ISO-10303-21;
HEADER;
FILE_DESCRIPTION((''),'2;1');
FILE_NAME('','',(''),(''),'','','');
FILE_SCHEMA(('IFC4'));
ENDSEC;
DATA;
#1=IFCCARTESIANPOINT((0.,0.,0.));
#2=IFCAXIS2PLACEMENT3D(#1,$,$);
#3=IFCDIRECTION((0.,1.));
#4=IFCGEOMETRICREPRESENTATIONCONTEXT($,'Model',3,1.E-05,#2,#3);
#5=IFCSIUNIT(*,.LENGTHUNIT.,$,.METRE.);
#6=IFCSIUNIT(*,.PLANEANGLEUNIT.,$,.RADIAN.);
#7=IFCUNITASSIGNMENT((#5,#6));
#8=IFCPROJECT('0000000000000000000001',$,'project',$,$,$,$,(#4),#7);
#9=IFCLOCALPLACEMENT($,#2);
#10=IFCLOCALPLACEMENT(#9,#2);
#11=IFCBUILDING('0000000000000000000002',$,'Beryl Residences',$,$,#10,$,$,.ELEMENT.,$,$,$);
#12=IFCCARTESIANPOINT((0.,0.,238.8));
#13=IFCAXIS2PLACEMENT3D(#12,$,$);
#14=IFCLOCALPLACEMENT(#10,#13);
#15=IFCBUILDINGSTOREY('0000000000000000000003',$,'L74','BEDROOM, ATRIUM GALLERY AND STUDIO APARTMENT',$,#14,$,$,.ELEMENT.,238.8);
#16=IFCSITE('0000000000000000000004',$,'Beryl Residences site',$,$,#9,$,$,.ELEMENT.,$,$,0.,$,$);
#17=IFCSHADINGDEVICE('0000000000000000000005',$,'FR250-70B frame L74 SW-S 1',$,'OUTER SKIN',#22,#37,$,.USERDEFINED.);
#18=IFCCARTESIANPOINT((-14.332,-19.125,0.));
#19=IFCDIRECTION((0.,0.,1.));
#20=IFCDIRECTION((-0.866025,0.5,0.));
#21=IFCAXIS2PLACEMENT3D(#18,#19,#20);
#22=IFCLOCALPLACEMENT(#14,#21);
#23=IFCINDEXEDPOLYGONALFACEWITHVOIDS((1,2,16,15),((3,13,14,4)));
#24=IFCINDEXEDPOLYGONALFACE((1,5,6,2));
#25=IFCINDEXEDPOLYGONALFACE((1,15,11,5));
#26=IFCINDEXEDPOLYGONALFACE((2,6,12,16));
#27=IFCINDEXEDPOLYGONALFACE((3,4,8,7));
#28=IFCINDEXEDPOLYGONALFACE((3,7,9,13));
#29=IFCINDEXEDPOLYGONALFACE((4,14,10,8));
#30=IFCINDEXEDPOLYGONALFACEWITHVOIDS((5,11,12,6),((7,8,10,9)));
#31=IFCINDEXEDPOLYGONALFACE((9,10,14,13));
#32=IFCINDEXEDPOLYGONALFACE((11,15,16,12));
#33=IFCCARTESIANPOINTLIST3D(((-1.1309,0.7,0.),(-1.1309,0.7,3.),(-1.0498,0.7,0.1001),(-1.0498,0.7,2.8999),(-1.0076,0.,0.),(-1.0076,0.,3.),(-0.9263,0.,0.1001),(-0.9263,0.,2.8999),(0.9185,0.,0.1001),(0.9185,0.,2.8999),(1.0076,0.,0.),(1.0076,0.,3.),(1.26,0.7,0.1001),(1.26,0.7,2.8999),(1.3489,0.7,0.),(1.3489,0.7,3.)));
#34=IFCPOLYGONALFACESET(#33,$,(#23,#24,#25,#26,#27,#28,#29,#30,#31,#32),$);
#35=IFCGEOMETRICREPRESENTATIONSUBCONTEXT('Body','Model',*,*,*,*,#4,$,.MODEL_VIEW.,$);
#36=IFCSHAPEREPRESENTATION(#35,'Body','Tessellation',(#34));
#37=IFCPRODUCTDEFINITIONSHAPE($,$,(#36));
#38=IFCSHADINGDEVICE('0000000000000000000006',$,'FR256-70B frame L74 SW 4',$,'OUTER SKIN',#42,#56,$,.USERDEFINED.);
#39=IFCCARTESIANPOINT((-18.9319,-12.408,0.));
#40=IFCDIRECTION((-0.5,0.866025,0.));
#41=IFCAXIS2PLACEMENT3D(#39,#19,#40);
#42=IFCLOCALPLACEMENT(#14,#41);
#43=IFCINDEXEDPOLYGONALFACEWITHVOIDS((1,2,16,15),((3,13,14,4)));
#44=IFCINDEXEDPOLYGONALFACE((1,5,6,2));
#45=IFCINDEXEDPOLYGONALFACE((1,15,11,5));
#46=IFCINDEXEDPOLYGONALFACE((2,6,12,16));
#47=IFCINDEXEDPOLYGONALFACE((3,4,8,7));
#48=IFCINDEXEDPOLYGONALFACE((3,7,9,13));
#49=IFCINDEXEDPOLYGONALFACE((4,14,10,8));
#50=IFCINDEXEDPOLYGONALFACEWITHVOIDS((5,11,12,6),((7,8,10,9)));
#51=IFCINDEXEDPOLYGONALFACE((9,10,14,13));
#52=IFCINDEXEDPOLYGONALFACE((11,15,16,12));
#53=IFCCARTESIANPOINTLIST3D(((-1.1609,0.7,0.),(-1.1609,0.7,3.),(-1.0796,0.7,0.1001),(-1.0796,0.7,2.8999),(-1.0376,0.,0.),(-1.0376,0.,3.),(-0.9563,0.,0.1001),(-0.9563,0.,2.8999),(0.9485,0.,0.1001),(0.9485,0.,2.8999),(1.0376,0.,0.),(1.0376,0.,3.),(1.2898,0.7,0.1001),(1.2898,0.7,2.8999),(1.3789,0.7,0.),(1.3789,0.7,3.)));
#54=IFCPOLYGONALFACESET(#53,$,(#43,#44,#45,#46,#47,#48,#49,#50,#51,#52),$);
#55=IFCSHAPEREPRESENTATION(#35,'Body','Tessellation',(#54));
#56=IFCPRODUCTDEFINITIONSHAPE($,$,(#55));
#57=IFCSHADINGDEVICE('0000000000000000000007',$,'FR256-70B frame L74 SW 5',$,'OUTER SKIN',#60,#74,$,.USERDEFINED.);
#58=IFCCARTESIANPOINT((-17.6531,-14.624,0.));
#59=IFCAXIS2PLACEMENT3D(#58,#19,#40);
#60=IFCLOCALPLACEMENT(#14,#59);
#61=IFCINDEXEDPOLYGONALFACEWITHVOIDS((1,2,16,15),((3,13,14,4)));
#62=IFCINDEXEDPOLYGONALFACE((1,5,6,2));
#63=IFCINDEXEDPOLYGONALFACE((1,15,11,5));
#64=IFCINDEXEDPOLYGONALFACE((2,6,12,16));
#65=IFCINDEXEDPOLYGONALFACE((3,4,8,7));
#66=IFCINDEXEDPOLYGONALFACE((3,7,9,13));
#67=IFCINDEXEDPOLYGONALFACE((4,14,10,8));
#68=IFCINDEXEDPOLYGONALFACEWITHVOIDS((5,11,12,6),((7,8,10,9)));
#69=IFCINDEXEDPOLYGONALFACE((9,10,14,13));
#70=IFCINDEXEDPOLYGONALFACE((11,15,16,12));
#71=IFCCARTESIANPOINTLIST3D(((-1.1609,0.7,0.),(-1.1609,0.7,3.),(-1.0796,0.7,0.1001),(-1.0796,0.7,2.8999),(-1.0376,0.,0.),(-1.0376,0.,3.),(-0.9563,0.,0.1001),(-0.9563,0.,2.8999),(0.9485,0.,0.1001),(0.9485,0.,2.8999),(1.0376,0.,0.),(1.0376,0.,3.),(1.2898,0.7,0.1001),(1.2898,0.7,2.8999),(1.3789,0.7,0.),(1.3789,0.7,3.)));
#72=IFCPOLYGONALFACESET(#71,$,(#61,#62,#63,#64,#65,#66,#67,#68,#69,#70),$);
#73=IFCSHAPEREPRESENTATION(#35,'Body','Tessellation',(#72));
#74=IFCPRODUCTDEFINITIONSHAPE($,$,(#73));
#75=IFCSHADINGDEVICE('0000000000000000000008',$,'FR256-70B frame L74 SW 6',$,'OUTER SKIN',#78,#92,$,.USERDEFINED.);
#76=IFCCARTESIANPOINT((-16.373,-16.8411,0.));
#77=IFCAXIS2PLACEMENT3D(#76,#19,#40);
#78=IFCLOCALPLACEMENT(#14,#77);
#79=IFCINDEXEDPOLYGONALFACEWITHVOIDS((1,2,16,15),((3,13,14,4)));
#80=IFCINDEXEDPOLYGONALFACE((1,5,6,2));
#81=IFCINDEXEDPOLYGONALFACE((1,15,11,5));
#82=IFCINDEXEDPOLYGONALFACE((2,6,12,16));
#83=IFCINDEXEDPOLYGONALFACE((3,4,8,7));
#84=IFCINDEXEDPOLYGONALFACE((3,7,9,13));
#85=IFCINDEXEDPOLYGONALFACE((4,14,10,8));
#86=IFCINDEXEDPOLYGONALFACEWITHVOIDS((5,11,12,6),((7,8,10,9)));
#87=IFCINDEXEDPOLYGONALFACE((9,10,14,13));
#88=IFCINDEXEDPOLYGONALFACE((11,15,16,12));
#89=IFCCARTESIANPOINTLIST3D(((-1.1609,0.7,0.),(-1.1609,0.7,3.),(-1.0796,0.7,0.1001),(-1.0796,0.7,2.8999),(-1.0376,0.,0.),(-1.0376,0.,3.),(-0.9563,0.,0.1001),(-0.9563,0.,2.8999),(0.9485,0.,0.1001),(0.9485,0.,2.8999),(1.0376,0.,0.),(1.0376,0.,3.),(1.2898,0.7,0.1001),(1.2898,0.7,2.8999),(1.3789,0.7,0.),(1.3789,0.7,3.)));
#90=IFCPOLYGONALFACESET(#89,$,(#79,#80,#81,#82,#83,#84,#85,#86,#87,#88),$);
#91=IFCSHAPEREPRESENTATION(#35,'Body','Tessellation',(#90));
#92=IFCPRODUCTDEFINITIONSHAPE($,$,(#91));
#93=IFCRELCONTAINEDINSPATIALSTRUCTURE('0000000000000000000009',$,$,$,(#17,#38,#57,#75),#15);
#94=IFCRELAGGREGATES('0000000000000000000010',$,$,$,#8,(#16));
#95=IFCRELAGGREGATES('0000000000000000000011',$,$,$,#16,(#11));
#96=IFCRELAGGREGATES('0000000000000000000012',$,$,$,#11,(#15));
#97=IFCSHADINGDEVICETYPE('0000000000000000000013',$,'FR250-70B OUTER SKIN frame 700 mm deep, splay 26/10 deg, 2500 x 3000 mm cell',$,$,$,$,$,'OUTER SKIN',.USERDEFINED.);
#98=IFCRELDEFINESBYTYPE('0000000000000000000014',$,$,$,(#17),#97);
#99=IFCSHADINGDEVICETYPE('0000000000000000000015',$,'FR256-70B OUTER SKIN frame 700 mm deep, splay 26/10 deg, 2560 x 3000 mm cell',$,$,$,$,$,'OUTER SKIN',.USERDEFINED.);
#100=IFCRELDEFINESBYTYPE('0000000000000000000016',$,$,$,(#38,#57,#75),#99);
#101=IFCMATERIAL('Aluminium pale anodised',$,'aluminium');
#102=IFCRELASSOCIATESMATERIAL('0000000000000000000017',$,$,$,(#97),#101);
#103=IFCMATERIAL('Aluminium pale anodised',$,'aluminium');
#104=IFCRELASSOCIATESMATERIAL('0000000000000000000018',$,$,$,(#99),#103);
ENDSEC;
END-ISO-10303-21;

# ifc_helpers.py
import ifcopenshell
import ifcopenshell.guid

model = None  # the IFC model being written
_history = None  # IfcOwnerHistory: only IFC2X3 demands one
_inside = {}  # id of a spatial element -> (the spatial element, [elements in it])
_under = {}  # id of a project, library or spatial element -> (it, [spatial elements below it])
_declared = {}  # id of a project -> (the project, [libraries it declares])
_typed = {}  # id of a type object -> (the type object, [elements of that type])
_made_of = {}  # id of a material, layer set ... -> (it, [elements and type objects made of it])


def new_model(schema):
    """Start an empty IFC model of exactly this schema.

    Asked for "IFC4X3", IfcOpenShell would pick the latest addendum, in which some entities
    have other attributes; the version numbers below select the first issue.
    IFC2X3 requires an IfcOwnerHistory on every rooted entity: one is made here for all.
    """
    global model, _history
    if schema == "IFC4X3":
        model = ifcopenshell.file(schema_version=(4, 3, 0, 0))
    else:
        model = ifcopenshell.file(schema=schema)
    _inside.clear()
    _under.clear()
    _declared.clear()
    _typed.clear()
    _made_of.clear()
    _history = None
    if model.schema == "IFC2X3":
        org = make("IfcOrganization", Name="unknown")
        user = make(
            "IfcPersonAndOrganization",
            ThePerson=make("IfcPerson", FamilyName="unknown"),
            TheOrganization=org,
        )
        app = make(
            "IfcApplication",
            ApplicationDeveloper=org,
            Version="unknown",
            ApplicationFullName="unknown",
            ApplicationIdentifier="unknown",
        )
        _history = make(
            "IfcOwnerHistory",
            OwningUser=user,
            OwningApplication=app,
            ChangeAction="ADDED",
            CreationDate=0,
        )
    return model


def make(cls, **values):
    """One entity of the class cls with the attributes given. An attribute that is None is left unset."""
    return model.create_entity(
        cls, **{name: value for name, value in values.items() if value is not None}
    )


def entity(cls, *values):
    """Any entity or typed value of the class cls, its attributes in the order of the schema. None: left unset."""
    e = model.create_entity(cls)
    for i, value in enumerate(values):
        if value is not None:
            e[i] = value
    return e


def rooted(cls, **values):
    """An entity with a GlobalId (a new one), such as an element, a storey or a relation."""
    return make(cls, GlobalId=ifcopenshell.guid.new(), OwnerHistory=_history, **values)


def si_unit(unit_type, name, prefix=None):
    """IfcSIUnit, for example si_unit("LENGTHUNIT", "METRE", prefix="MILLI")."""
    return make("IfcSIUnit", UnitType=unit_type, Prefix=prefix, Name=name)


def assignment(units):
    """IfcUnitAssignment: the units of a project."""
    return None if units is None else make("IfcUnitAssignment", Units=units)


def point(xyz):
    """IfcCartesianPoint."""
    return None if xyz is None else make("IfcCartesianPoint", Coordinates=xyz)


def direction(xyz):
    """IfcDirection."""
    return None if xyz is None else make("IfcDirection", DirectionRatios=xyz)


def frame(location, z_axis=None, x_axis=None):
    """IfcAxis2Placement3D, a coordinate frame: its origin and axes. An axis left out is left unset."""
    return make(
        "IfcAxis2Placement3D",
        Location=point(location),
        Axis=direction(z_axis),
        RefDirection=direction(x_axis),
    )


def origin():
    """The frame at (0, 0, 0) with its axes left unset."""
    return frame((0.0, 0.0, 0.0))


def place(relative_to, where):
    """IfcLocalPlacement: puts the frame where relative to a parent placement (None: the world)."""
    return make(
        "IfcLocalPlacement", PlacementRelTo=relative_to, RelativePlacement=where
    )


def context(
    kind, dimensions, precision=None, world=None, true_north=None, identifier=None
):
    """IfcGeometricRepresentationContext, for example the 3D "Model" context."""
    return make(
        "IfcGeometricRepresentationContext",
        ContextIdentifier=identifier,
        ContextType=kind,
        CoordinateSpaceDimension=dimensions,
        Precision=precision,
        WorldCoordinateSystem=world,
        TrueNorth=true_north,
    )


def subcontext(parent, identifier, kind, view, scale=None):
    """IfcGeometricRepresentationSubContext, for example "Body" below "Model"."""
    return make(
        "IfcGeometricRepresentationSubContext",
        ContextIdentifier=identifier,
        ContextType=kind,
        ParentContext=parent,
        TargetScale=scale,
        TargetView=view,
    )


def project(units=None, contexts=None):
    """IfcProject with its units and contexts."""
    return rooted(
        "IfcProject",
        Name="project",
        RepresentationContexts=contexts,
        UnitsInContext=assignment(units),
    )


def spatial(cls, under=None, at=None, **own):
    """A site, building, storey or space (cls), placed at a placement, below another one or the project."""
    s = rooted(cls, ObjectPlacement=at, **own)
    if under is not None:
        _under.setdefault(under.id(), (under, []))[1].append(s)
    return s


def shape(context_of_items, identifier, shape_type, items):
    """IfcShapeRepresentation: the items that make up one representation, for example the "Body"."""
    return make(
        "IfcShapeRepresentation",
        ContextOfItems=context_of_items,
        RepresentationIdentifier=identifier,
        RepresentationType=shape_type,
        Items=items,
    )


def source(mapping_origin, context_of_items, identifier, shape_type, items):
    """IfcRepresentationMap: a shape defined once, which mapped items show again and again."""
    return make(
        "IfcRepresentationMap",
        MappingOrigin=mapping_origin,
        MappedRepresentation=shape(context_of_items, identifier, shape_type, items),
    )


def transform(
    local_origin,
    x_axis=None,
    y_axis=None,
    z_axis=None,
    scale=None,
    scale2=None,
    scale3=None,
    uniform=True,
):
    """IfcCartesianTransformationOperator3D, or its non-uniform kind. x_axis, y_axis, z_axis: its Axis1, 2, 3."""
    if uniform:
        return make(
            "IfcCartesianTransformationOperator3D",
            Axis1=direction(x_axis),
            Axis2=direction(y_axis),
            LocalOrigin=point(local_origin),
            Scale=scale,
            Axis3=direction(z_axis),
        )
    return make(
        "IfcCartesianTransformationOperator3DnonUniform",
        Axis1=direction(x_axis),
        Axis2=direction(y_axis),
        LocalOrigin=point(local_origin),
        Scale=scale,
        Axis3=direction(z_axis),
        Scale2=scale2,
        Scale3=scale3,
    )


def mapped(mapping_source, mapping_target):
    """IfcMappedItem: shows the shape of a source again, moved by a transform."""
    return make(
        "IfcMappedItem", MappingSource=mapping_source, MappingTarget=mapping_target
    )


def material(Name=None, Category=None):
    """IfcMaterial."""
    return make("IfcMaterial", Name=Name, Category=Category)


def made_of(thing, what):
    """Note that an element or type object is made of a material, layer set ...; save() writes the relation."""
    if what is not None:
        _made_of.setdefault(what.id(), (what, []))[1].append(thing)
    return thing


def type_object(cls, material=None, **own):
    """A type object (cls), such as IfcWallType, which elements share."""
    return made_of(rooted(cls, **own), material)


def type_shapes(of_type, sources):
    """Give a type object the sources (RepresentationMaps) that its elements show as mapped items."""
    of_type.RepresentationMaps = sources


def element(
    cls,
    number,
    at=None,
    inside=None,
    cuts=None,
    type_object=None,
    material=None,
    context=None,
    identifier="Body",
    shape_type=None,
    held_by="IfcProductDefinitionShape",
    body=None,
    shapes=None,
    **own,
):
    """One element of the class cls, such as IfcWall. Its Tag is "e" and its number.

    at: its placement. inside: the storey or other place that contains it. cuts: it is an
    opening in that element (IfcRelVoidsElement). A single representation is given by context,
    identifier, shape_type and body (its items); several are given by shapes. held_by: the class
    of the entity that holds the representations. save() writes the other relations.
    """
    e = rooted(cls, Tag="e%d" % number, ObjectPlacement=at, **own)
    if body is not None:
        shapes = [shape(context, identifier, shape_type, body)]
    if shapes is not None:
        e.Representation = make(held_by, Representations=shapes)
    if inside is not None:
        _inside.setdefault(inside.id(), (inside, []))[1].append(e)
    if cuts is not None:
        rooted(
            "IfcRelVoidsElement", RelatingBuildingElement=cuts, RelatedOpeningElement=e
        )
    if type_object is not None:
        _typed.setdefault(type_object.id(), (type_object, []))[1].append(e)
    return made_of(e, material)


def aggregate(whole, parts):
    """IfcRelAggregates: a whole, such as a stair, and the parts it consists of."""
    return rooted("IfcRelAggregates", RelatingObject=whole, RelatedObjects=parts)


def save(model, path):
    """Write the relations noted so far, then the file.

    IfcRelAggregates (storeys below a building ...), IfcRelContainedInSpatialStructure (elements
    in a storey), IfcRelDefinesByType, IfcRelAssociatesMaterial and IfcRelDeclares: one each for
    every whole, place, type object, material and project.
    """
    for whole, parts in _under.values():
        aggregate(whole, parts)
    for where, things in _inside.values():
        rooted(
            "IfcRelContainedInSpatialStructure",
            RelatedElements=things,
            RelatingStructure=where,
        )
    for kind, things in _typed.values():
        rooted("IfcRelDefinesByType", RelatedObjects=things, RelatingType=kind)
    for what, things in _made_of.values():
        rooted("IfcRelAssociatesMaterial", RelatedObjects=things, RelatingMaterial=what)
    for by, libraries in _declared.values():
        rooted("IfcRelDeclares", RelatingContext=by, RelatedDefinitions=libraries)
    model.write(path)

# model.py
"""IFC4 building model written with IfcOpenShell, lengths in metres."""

from ifc_helpers import new_model, entity, si_unit, direction, frame, origin, place, context, subcontext, project, spatial, source, transform, mapped, material, type_object, type_shapes, element, save


model = new_model("IFC4")

# Units and contexts
model_context = context("Model", 3, precision=1e-05, world=origin(), true_north=direction((0.0, 1.0)))
body_context = subcontext(model_context, "Body", "Model", "MODEL_VIEW")
ifc_project = project(units=[si_unit("LENGTHUNIT", "METRE"), si_unit("PLANEANGLEUNIT", "RADIAN")], contexts=[model_context])

# Site, building, storey
site_placement = place(None, origin())
site = spatial("IfcSite", under=ifc_project, at=site_placement, Name="Beryl Residences site", CompositionType="ELEMENT", RefElevation=0.0)
building_placement = place(site_placement, origin())
building = spatial("IfcBuilding", under=site, at=building_placement, Name="Beryl Residences", CompositionType="ELEMENT")
storey_placement = place(building_placement, frame((0.0, 0.0, 238.8)))
storey = spatial("IfcBuildingStorey", under=building, at=storey_placement, Name="L74", Description="BEDROOM, ATRIUM GALLERY AND STUDIO APARTMENT", CompositionType="ELEMENT", Elevation=238.8)

# Shading devices
ifc_material_1 = material(Name="Aluminium pale anodised", Category="aluminium")
shading_device_type_1 = type_object("IfcShadingDeviceType", Name="FR250-70B OUTER SKIN frame 700 mm deep, splay 26/10 deg, 2500 x 3000 mm cell", ElementType="OUTER SKIN", PredefinedType="USERDEFINED", material=ifc_material_1)
cartesian_point_1 = entity("IfcCartesianPoint", [-1.0076, 0.0])
cartesian_point_2 = entity("IfcCartesianPoint", [-0.9185, 0.1001])
cartesian_point_3 = entity("IfcCartesianPoint", [-1.3489, 0.0])
cartesian_point_4 = entity("IfcCartesianPoint", [-1.26, 0.1001])
shared_shape_1 = source(origin(), body_context, "Body", "SweptSolid", [
    entity("IfcExtrudedAreaSolidTapered", entity("IfcArbitraryProfileDefWithVoids", "AREA", None, entity("IfcPolyline", [cartesian_point_1, entity("IfcCartesianPoint", [1.0076, 0.0]), entity("IfcCartesianPoint", [1.0076, 3.0]), entity("IfcCartesianPoint", [-1.0076, 3.0]), cartesian_point_1]), [entity("IfcPolyline", [cartesian_point_2, entity("IfcCartesianPoint", [0.9263, 0.1001]), entity("IfcCartesianPoint", [0.9263, 2.8999]), entity("IfcCartesianPoint", [-0.9185, 2.8999]), cartesian_point_2])]), entity("IfcAxis2Placement3D", entity("IfcCartesianPoint", [0.0, 0.0, 0.0]), entity("IfcDirection", [0.0, 1.0, 0.0]), entity("IfcDirection", [-1.0, 0.0, 0.0])), entity("IfcDirection", [0.0, 0.0, 1.0]), 0.7, entity("IfcArbitraryProfileDefWithVoids", "AREA", None, entity("IfcPolyline", [cartesian_point_3, entity("IfcCartesianPoint", [1.1309, 0.0]), entity("IfcCartesianPoint", [1.1309, 3.0]), entity("IfcCartesianPoint", [-1.3489, 3.0]), cartesian_point_3]), [entity("IfcPolyline", [cartesian_point_4, entity("IfcCartesianPoint", [1.0498, 0.1001]), entity("IfcCartesianPoint", [1.0498, 2.8999]), entity("IfcCartesianPoint", [-1.26, 2.8999]), cartesian_point_4])])),
])
type_shapes(shading_device_type_1, [shared_shape_1])
shading_device_placement = place(storey_placement, frame((-14.332, -19.125, 0.0), z_axis=(0.0, 0.0, 1.0), x_axis=(-0.866025, 0.5, 0.0)))
element("IfcShadingDevice", 1, at=shading_device_placement, inside=storey, type_object=shading_device_type_1, Name="FR250-70B frame L74 SW-S 1", ObjectType="OUTER SKIN", PredefinedType="USERDEFINED", context=body_context, shape_type="MappedRepresentation", body=[
    mapped(shared_shape_1, transform((0.0, 0.0, 0.0))),
])
ifc_material_2 = material(Name="Aluminium pale anodised", Category="aluminium")
shading_device_type_2 = type_object("IfcShadingDeviceType", Name="FR256-70B OUTER SKIN frame 700 mm deep, splay 26/10 deg, 2560 x 3000 mm cell", ElementType="OUTER SKIN", PredefinedType="USERDEFINED", material=ifc_material_2)
cartesian_point_5 = entity("IfcCartesianPoint", [-1.0376, 0.0])
cartesian_point_6 = entity("IfcCartesianPoint", [-0.9485, 0.1001])
cartesian_point_7 = entity("IfcCartesianPoint", [-1.3789, 0.0])
cartesian_point_8 = entity("IfcCartesianPoint", [-1.2898, 0.1001])
shared_shape_2 = source(origin(), body_context, "Body", "SweptSolid", [
    entity("IfcExtrudedAreaSolidTapered", entity("IfcArbitraryProfileDefWithVoids", "AREA", None, entity("IfcPolyline", [cartesian_point_5, entity("IfcCartesianPoint", [1.0376, 0.0]), entity("IfcCartesianPoint", [1.0376, 3.0]), entity("IfcCartesianPoint", [-1.0376, 3.0]), cartesian_point_5]), [entity("IfcPolyline", [cartesian_point_6, entity("IfcCartesianPoint", [0.9563, 0.1001]), entity("IfcCartesianPoint", [0.9563, 2.8999]), entity("IfcCartesianPoint", [-0.9485, 2.8999]), cartesian_point_6])]), entity("IfcAxis2Placement3D", entity("IfcCartesianPoint", [0.0, 0.0, 0.0]), entity("IfcDirection", [0.0, 1.0, 0.0]), entity("IfcDirection", [-1.0, 0.0, 0.0])), entity("IfcDirection", [0.0, 0.0, 1.0]), 0.7, entity("IfcArbitraryProfileDefWithVoids", "AREA", None, entity("IfcPolyline", [cartesian_point_7, entity("IfcCartesianPoint", [1.1609, 0.0]), entity("IfcCartesianPoint", [1.1609, 3.0]), entity("IfcCartesianPoint", [-1.3789, 3.0]), cartesian_point_7]), [entity("IfcPolyline", [cartesian_point_8, entity("IfcCartesianPoint", [1.0796, 0.1001]), entity("IfcCartesianPoint", [1.0796, 2.8999]), entity("IfcCartesianPoint", [-1.2898, 2.8999]), cartesian_point_8])])),
])
type_shapes(shading_device_type_2, [shared_shape_2])
for number, where, z_axis, x_axis, name in (
    (2, (-18.9319, -12.408, 0.0), (0.0, 0.0, 1.0), (-0.5, 0.866025, 0.0), "FR256-70B frame L74 SW 4"),
    (3, (-17.6531, -14.624, 0.0), (0.0, 0.0, 1.0), (-0.5, 0.866025, 0.0), "FR256-70B frame L74 SW 5"),
    (4, (-16.373, -16.8411, 0.0), (0.0, 0.0, 1.0), (-0.5, 0.866025, 0.0), "FR256-70B frame L74 SW 6"),
):
    element("IfcShadingDevice", number, at=place(storey_placement, frame(where, z_axis=z_axis, x_axis=x_axis)), inside=storey, type_object=shading_device_type_2, Name=name, ObjectType="OUTER SKIN", PredefinedType="USERDEFINED", context=body_context, shape_type="MappedRepresentation", body=[
        mapped(shared_shape_2, transform((0.0, 0.0, 0.0))),
    ])

save(model, "model.ifc")
